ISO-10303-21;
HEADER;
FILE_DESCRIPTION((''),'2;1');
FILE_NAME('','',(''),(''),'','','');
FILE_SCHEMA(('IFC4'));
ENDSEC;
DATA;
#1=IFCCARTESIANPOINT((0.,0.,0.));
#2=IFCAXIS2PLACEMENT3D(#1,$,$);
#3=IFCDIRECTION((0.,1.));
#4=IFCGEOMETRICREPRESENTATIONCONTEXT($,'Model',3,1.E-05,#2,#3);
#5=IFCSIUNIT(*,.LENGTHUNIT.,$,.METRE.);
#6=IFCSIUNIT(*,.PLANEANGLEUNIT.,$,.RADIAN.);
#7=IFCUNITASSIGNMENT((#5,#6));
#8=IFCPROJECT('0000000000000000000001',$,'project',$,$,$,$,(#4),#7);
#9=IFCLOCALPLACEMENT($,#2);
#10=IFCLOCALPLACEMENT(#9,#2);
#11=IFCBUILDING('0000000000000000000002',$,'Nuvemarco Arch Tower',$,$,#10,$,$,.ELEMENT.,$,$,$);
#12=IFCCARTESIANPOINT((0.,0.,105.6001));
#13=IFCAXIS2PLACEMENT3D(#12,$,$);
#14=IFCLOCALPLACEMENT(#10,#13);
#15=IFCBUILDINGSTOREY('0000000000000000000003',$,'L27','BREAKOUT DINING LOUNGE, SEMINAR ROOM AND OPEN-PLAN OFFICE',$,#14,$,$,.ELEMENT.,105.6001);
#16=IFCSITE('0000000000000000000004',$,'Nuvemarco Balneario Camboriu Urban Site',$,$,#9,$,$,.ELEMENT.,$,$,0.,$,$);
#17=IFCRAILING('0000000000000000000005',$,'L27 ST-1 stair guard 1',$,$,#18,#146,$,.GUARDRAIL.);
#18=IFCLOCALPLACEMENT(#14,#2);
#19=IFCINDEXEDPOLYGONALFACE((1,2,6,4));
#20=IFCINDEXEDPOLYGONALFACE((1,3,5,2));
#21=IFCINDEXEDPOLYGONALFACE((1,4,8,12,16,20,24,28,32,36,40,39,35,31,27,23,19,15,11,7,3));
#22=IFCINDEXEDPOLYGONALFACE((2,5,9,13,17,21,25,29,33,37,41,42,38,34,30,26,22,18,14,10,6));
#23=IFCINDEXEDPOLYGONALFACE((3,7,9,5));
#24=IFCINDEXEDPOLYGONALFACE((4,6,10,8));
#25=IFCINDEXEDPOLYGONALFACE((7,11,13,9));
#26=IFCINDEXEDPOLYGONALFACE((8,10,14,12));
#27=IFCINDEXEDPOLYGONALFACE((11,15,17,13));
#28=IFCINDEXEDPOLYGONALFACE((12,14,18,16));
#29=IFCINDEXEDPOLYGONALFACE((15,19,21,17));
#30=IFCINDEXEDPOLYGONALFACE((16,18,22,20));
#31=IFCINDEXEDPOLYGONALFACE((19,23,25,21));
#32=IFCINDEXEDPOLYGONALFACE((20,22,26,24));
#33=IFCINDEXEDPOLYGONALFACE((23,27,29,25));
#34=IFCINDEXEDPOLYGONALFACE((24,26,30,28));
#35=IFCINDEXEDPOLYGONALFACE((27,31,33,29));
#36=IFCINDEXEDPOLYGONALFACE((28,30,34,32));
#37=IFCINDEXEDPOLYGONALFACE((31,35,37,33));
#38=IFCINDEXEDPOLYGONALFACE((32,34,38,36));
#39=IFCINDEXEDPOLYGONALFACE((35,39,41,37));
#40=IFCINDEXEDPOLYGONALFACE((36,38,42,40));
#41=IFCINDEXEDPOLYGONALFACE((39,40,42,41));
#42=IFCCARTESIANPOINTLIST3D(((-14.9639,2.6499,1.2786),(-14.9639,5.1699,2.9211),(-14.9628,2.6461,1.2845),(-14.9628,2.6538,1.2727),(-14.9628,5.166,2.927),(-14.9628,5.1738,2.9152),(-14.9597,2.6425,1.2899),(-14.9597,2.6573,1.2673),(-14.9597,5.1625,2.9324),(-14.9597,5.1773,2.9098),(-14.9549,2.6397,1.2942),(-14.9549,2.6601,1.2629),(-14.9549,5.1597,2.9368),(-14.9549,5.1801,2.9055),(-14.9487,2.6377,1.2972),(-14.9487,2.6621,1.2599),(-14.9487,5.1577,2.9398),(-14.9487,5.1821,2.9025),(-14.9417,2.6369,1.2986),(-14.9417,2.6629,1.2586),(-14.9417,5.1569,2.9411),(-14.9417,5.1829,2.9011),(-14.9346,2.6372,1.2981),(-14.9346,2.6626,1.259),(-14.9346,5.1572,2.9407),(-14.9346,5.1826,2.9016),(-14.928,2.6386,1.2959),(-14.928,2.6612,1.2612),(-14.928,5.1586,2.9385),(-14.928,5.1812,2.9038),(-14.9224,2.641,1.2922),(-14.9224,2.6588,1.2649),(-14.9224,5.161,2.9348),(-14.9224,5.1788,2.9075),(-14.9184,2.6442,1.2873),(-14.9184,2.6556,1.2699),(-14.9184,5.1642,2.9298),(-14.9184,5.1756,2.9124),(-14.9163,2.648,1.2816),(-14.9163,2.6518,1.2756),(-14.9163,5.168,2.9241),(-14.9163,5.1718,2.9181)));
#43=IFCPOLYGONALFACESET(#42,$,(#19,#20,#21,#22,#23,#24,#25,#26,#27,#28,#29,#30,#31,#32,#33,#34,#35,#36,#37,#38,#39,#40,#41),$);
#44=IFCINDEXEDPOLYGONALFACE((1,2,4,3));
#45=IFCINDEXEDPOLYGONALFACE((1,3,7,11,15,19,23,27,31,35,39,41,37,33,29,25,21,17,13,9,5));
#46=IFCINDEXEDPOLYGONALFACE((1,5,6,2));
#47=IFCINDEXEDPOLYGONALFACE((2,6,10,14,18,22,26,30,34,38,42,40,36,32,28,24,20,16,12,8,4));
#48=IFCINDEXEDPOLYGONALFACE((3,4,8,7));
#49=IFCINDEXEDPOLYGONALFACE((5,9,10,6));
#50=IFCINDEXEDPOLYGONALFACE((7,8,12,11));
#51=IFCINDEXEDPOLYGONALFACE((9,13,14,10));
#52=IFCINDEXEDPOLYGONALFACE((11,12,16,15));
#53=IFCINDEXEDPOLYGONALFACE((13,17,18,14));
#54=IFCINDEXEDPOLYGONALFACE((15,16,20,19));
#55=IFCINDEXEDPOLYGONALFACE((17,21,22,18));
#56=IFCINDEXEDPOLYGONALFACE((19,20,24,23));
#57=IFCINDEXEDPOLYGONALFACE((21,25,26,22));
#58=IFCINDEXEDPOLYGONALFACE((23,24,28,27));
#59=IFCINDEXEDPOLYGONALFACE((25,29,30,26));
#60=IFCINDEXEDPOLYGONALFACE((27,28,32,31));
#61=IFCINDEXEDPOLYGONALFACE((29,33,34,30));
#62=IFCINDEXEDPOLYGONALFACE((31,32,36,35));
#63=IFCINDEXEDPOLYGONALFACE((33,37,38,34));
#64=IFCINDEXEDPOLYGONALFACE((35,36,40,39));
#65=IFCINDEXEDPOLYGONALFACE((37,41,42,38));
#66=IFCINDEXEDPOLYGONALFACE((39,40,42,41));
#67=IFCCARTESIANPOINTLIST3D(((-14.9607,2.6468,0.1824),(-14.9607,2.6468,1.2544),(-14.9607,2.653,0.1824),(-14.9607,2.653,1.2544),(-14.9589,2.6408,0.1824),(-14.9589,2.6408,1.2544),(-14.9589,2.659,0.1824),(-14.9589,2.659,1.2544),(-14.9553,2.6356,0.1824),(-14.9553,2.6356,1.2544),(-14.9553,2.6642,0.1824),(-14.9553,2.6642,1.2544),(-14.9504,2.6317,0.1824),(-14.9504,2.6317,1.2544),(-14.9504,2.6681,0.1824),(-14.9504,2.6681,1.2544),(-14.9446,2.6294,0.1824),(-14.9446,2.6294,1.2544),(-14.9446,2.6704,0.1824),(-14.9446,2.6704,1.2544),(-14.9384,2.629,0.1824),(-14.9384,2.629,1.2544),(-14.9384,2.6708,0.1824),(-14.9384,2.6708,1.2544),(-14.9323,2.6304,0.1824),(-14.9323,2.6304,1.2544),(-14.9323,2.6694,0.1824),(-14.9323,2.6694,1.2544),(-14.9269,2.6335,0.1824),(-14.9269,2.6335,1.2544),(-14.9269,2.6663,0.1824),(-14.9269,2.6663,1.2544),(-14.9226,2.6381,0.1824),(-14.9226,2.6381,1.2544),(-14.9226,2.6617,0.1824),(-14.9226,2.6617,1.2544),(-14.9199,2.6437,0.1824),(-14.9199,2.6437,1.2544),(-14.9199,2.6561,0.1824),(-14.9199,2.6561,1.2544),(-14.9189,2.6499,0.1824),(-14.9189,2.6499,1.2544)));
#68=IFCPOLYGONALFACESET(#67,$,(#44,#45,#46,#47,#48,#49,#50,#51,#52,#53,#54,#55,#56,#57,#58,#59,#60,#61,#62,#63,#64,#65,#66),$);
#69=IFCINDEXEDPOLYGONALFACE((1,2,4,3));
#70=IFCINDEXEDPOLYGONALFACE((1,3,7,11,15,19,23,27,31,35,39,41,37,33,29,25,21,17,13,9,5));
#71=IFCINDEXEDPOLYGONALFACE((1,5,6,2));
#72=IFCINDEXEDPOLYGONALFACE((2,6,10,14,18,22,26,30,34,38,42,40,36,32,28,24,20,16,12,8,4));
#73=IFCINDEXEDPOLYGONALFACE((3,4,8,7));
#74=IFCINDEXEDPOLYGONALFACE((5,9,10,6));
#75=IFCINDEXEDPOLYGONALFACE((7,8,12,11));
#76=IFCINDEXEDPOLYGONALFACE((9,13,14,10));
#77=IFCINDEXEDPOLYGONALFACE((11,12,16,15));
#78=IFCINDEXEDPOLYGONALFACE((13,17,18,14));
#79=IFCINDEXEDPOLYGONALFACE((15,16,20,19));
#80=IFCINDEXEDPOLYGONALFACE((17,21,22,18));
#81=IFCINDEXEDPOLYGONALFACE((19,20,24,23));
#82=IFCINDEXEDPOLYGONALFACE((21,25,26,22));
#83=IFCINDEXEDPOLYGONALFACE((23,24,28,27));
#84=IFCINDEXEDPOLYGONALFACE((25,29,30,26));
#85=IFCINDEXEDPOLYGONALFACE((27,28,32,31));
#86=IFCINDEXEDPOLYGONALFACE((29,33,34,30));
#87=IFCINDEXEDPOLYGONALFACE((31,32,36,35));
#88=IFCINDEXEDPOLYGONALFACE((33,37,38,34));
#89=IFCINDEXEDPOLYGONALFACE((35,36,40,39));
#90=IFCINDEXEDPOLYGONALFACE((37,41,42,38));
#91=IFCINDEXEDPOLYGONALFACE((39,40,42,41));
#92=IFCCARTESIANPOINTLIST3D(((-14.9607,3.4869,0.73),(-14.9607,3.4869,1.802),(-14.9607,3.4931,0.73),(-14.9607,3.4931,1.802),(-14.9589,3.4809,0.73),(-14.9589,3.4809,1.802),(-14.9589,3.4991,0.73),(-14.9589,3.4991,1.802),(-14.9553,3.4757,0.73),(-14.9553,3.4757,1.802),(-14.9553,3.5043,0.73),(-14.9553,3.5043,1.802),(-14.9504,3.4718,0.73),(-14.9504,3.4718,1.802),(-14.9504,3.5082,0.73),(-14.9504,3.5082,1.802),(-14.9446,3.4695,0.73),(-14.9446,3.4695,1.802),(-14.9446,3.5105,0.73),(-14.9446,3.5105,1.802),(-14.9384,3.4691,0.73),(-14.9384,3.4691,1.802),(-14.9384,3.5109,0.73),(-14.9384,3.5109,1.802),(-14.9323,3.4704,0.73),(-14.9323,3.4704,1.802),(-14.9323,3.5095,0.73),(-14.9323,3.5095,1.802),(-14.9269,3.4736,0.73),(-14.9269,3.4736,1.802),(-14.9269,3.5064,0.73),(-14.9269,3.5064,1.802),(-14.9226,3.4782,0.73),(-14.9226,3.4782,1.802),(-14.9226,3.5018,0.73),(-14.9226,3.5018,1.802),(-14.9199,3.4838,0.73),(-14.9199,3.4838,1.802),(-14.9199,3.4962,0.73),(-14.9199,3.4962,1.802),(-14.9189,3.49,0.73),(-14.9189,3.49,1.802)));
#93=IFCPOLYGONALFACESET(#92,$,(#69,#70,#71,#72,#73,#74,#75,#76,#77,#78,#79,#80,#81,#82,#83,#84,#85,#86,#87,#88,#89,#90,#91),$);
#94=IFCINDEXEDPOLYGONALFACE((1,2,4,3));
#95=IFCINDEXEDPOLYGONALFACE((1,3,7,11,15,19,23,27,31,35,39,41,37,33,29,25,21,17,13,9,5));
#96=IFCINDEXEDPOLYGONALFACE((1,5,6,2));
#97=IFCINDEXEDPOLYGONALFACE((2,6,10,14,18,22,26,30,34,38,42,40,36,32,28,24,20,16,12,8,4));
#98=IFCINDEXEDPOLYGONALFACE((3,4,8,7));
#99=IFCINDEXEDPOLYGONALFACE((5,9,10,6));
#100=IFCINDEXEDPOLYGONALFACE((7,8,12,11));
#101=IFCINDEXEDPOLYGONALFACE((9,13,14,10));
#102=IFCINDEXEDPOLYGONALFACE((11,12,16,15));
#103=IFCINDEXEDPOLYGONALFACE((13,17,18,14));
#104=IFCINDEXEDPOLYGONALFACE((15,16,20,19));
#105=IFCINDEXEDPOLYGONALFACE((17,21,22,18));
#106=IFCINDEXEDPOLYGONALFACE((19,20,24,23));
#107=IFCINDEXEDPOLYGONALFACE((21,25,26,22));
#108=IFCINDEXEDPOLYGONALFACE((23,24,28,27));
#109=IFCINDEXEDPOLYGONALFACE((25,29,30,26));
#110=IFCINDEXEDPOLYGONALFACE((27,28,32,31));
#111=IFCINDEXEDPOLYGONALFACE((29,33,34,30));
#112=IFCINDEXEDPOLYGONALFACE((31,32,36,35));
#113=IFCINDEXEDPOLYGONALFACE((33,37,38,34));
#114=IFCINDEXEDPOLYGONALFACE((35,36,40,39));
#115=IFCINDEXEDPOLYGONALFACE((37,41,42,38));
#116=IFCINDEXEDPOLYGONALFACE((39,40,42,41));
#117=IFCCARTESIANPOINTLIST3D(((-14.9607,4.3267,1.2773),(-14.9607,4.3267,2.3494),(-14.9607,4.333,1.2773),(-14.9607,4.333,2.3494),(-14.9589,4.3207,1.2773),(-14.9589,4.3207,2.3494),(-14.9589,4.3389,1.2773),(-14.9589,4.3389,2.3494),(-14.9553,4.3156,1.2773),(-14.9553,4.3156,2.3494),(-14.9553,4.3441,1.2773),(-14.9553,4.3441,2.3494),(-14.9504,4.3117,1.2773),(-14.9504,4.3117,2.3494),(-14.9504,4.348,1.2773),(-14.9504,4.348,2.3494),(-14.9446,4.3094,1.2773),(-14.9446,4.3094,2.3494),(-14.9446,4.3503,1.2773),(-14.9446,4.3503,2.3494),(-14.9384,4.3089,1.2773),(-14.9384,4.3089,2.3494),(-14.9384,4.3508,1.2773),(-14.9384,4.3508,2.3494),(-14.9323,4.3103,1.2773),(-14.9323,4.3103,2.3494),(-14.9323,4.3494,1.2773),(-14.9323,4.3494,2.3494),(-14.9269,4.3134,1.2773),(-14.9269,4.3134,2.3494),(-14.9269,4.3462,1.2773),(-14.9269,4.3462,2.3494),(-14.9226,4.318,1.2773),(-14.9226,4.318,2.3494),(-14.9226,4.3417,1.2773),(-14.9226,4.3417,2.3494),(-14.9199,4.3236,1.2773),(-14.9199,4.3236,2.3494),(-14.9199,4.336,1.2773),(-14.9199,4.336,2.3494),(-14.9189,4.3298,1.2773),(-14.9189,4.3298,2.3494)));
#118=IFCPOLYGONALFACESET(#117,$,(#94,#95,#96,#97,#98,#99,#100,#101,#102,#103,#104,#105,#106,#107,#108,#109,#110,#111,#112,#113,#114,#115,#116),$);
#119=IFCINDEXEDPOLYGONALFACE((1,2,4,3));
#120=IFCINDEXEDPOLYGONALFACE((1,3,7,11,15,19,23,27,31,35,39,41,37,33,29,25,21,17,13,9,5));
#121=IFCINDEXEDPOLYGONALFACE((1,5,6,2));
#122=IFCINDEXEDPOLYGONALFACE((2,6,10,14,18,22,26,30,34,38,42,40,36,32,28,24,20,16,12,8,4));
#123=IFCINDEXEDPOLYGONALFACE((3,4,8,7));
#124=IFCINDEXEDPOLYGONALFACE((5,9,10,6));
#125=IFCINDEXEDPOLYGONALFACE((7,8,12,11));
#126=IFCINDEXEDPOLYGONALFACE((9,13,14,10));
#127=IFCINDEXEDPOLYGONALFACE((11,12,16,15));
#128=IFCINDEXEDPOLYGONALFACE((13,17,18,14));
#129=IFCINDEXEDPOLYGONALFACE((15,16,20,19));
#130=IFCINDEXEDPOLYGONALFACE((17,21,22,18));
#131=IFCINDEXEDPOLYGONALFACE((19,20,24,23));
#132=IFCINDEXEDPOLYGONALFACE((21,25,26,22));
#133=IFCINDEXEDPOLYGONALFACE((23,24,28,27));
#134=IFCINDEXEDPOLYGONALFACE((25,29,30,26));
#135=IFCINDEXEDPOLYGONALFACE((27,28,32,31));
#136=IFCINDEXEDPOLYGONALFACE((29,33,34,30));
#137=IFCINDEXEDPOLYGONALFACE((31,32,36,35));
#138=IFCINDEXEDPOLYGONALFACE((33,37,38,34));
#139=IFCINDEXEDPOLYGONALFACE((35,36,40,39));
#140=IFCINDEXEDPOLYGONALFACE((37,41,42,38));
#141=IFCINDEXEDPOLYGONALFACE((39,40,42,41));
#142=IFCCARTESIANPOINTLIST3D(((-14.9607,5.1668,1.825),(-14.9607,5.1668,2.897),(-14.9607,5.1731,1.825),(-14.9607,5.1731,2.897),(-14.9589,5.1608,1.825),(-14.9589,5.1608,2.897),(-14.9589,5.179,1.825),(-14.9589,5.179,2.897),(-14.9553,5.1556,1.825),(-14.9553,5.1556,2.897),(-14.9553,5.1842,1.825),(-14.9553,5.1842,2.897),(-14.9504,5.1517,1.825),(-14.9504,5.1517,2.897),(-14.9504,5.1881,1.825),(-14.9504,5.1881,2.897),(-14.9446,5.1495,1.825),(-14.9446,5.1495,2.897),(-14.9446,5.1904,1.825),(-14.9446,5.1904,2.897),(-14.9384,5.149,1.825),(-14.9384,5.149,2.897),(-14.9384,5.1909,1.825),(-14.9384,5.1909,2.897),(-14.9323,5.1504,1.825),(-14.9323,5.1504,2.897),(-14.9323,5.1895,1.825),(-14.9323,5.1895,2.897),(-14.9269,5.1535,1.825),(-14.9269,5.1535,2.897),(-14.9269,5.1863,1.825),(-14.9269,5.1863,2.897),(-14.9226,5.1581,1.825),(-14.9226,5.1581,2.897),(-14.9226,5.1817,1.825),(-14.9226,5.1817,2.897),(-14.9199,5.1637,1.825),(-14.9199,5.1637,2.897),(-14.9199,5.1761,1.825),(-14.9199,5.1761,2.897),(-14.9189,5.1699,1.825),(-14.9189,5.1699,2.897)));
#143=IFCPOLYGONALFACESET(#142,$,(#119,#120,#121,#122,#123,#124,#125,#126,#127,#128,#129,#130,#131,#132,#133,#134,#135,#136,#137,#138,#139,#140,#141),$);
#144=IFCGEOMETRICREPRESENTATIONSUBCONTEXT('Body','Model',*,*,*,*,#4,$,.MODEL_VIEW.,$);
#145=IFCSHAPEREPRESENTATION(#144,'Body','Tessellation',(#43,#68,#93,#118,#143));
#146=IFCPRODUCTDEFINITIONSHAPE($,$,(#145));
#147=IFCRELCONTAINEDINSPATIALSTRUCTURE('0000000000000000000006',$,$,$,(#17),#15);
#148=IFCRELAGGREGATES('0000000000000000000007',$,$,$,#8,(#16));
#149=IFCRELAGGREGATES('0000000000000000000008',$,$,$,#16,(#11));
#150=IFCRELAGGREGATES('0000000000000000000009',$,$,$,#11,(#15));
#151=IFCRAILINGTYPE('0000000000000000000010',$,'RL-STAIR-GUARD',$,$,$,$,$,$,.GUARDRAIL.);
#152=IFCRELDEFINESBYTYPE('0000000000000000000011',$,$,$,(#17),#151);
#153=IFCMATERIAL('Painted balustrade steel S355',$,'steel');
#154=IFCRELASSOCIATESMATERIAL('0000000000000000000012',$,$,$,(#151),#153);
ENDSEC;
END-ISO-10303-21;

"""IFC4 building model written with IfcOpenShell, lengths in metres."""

from ifc_helpers import new_model, si_unit, direction, frame, origin, origin_2d, place, context, subcontext, project, spatial, circle, extrude, material, type_object, element, save


model = new_model("IFC4")

# Units and contexts
model_context = context("Model", 3, precision=1e-05, world=origin(), true_north=direction((0.0, 1.0)))
body_context = subcontext(model_context, "Body", "Model", "MODEL_VIEW")
ifc_project = project(units=[si_unit("LENGTHUNIT", "METRE"), si_unit("PLANEANGLEUNIT", "RADIAN")], contexts=[model_context])

# Site, building, storey
site_placement = place(None, origin())
site = spatial("IfcSite", under=ifc_project, at=site_placement, Name="Nuvemarco Balneario Camboriu Urban Site", CompositionType="ELEMENT", RefElevation=0.0)
building_placement = place(site_placement, origin())
building = spatial("IfcBuilding", under=site, at=building_placement, Name="Nuvemarco Arch Tower", CompositionType="ELEMENT")
storey_placement = place(building_placement, frame((0.0, 0.0, 105.6001)))
storey = spatial("IfcBuildingStorey", under=building, at=storey_placement, Name="L27", Description="BREAKOUT DINING LOUNGE, SEMINAR ROOM AND OPEN-PLAN OFFICE", CompositionType="ELEMENT", Elevation=105.6001)

# Railing
ifc_material_1 = material(Name="Painted balustrade steel S355", Category="steel")
railing_type_1 = type_object("IfcRailingType", Name="RL-STAIR-GUARD", PredefinedType="GUARDRAIL", material=ifc_material_1)
railing_1_placement = place(storey_placement, frame((-14.9399, 2.6499, 0.1824)))
element("IfcRailing", 1, at=railing_1_placement, inside=storey, type_object=railing_type_1, Name="L27 ST-1 stair guard 1", PredefinedType="GUARDRAIL", context=body_context, shape_type="SweptSolid", body=[
    extrude(circle(Radius=0.0239, at=origin_2d()), frame((0.0, 0.0, 1.0962), z_axis=(0.0, 0.837749, 0.546055), x_axis=(-1.0, 0.0, 0.0)), (0.0, 0.0, 1.0), 3.0081),
    extrude(circle(Radius=0.021, at=origin_2d()), origin(), (0.0, 0.0, 1.0), 1.072),
    extrude(circle(Radius=0.021, at=origin_2d()), frame((0.0, 0.8401, 0.5476)), (0.0, 0.0, 1.0), 1.072),
    extrude(circle(Radius=0.021, at=origin_2d()), frame((0.0, 1.6799, 1.095)), (0.0, 0.0, 1.0), 1.072),
    extrude(circle(Radius=0.021, at=origin_2d()), frame((0.0, 2.52, 1.6426)), (0.0, 0.0, 1.0), 1.072),
])

save(model, "model.ifc")
